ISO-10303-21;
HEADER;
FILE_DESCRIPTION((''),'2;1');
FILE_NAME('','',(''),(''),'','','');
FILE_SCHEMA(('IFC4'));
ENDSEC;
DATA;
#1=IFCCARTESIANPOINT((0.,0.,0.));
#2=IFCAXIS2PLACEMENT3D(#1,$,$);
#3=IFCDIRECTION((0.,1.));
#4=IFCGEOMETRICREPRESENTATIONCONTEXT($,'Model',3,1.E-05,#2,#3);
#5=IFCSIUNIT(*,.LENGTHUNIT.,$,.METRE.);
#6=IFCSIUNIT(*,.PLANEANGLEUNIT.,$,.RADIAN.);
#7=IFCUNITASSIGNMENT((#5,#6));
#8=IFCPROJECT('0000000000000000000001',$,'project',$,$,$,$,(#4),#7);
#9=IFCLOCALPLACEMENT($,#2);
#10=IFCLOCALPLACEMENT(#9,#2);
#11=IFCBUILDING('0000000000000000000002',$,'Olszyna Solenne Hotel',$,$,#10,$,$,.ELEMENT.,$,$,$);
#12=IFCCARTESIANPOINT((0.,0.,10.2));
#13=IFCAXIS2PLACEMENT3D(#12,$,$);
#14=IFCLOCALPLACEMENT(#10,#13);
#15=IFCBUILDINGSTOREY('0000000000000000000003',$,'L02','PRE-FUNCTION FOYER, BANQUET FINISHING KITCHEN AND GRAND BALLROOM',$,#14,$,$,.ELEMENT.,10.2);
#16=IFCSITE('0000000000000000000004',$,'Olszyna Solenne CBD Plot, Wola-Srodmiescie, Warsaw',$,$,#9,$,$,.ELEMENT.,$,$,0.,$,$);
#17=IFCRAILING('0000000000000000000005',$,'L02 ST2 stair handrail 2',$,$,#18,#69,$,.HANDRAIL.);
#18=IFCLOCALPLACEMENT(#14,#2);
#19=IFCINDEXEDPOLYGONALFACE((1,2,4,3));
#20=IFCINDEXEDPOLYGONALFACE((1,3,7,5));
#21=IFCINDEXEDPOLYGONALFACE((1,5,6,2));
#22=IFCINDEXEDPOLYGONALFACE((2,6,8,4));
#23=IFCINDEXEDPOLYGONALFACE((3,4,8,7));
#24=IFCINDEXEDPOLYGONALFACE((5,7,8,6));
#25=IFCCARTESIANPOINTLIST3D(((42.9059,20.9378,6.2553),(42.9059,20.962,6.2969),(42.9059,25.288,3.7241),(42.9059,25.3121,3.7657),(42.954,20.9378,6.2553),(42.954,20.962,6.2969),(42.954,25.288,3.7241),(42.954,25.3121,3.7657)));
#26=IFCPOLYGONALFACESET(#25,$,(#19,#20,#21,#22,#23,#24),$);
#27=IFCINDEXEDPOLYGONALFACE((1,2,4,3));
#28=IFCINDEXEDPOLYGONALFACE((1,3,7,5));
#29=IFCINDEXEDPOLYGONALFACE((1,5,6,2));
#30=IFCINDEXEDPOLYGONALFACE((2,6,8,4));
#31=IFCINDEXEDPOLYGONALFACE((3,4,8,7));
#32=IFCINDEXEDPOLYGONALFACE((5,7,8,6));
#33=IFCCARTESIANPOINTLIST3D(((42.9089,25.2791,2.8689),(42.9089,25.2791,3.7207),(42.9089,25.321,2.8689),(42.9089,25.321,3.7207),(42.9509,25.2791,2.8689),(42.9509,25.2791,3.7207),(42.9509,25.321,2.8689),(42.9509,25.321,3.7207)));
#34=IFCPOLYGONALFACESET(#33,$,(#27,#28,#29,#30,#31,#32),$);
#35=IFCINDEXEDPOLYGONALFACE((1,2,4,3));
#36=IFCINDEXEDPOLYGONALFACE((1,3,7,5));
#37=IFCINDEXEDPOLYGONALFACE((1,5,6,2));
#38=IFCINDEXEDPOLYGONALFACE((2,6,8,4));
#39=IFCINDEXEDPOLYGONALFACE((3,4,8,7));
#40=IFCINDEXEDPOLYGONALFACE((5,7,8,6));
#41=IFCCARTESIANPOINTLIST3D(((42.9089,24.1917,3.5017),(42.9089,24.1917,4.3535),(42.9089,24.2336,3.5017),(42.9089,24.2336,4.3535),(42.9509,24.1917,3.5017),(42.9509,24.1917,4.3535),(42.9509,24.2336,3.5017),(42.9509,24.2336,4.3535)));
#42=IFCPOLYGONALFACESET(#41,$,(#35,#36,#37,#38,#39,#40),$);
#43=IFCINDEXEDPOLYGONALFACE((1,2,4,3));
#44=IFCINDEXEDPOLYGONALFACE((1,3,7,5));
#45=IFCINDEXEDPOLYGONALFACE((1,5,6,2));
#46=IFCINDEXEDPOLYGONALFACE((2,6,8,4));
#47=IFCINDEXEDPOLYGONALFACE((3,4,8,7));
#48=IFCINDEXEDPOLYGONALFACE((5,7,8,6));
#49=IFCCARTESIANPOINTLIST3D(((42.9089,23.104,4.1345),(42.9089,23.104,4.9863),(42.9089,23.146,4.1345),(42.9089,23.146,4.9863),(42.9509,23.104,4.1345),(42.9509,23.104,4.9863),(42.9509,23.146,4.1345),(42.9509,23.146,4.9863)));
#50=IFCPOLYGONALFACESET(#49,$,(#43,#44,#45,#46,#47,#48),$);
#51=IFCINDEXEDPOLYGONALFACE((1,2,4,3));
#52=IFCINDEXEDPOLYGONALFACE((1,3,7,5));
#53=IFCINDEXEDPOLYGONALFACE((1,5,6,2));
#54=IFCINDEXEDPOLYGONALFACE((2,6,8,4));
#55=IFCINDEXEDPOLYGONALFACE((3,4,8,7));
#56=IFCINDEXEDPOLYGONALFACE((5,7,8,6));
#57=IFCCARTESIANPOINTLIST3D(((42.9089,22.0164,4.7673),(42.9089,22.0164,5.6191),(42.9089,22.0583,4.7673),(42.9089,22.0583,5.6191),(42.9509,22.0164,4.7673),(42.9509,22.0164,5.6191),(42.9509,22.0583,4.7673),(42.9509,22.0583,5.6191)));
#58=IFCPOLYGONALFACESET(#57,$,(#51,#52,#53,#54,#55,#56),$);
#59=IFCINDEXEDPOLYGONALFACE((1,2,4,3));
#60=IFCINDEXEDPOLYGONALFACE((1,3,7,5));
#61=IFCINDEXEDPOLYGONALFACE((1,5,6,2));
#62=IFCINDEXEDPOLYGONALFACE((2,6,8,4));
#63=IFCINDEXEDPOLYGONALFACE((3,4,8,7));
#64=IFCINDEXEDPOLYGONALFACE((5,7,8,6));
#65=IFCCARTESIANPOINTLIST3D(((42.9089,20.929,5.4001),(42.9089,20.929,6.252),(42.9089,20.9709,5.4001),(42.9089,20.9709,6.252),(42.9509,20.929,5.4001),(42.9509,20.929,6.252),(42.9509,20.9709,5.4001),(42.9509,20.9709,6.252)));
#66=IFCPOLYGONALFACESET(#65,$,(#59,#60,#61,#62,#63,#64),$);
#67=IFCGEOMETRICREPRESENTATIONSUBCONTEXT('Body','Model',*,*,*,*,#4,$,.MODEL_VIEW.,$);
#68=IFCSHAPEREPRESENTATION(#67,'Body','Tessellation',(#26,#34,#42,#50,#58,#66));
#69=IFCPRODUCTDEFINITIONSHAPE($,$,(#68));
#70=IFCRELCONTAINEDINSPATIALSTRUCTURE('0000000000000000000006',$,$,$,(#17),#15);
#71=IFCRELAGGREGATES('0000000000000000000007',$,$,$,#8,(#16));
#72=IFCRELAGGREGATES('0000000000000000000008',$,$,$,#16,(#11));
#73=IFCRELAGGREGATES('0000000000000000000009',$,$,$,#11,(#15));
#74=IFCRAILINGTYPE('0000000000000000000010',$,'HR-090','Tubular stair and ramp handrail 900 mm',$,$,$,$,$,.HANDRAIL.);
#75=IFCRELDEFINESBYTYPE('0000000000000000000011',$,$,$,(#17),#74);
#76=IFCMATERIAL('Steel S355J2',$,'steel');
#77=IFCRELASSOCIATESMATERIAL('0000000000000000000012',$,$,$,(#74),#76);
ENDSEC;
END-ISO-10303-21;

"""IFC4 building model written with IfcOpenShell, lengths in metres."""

from ifc_helpers import new_model, si_unit, direction, frame, origin, origin_2d, place, context, subcontext, project, spatial, rectangle, extrude, material, type_object, element, save


model = new_model("IFC4")

# Units and contexts
model_context = context("Model", 3, precision=1e-05, world=origin(), true_north=direction((0.0, 1.0)))
body_context = subcontext(model_context, "Body", "Model", "MODEL_VIEW")
ifc_project = project(units=[si_unit("LENGTHUNIT", "METRE"), si_unit("PLANEANGLEUNIT", "RADIAN")], contexts=[model_context])

# Site, building, storey
site_placement = place(None, origin())
site = spatial("IfcSite", under=ifc_project, at=site_placement, Name="Olszyna Solenne CBD Plot, Wola-Srodmiescie, Warsaw", CompositionType="ELEMENT", RefElevation=0.0)
building_placement = place(site_placement, origin())
building = spatial("IfcBuilding", under=site, at=building_placement, Name="Olszyna Solenne Hotel", CompositionType="ELEMENT")
storey_placement = place(building_placement, frame((0.0, 0.0, 10.2)))
storey = spatial("IfcBuildingStorey", under=building, at=storey_placement, Name="L02", Description="PRE-FUNCTION FOYER, BANQUET FINISHING KITCHEN AND GRAND BALLROOM", CompositionType="ELEMENT", Elevation=10.2)

# Shared definitions
ifc_material_1 = material(Name="Steel S355J2", Category="steel")

# Railing
railing_type = type_object("IfcRailingType", Name="HR-090", Description="Tubular stair and ramp handrail 900 mm", PredefinedType="HANDRAIL", material=ifc_material_1)
railing_placement = place(storey_placement, frame((42.9299, 25.3, 2.8689)))
element("IfcRailing", 1, at=railing_placement, inside=storey, type_object=railing_type, Name="L02 ST2 stair handrail 2", PredefinedType="HANDRAIL", context=body_context, shape_type="SweptSolid", body=[
    extrude(rectangle(XDim=0.0481, YDim=0.0481, at=origin_2d()), frame((0.0, 0.0, 0.876), z_axis=(0.0, -0.864324, 0.502936), x_axis=(1.0, 0.0, 0.0)), (0.0, 0.0, 1.0), 5.033),
    extrude(rectangle(XDim=0.042, YDim=0.042, at=origin_2d()), origin(), (0.0, 0.0, 1.0), 0.8518),
    extrude(rectangle(XDim=0.042, YDim=0.042, at=origin_2d()), frame((0.0, -1.0874, 0.6328)), (0.0, 0.0, 1.0), 0.8518),
    extrude(rectangle(XDim=0.042, YDim=0.042, at=origin_2d()), frame((0.0, -2.175, 1.2656)), (0.0, 0.0, 1.0), 0.8518),
    extrude(rectangle(XDim=0.042, YDim=0.042, at=origin_2d()), frame((0.0, -3.2627, 1.8984)), (0.0, 0.0, 1.0), 0.8518),
    extrude(rectangle(XDim=0.042, YDim=0.042, at=origin_2d()), frame((0.0, -4.3501, 2.5312)), (0.0, 0.0, 1.0), 0.8518),
])

save(model, "model.ifc")
